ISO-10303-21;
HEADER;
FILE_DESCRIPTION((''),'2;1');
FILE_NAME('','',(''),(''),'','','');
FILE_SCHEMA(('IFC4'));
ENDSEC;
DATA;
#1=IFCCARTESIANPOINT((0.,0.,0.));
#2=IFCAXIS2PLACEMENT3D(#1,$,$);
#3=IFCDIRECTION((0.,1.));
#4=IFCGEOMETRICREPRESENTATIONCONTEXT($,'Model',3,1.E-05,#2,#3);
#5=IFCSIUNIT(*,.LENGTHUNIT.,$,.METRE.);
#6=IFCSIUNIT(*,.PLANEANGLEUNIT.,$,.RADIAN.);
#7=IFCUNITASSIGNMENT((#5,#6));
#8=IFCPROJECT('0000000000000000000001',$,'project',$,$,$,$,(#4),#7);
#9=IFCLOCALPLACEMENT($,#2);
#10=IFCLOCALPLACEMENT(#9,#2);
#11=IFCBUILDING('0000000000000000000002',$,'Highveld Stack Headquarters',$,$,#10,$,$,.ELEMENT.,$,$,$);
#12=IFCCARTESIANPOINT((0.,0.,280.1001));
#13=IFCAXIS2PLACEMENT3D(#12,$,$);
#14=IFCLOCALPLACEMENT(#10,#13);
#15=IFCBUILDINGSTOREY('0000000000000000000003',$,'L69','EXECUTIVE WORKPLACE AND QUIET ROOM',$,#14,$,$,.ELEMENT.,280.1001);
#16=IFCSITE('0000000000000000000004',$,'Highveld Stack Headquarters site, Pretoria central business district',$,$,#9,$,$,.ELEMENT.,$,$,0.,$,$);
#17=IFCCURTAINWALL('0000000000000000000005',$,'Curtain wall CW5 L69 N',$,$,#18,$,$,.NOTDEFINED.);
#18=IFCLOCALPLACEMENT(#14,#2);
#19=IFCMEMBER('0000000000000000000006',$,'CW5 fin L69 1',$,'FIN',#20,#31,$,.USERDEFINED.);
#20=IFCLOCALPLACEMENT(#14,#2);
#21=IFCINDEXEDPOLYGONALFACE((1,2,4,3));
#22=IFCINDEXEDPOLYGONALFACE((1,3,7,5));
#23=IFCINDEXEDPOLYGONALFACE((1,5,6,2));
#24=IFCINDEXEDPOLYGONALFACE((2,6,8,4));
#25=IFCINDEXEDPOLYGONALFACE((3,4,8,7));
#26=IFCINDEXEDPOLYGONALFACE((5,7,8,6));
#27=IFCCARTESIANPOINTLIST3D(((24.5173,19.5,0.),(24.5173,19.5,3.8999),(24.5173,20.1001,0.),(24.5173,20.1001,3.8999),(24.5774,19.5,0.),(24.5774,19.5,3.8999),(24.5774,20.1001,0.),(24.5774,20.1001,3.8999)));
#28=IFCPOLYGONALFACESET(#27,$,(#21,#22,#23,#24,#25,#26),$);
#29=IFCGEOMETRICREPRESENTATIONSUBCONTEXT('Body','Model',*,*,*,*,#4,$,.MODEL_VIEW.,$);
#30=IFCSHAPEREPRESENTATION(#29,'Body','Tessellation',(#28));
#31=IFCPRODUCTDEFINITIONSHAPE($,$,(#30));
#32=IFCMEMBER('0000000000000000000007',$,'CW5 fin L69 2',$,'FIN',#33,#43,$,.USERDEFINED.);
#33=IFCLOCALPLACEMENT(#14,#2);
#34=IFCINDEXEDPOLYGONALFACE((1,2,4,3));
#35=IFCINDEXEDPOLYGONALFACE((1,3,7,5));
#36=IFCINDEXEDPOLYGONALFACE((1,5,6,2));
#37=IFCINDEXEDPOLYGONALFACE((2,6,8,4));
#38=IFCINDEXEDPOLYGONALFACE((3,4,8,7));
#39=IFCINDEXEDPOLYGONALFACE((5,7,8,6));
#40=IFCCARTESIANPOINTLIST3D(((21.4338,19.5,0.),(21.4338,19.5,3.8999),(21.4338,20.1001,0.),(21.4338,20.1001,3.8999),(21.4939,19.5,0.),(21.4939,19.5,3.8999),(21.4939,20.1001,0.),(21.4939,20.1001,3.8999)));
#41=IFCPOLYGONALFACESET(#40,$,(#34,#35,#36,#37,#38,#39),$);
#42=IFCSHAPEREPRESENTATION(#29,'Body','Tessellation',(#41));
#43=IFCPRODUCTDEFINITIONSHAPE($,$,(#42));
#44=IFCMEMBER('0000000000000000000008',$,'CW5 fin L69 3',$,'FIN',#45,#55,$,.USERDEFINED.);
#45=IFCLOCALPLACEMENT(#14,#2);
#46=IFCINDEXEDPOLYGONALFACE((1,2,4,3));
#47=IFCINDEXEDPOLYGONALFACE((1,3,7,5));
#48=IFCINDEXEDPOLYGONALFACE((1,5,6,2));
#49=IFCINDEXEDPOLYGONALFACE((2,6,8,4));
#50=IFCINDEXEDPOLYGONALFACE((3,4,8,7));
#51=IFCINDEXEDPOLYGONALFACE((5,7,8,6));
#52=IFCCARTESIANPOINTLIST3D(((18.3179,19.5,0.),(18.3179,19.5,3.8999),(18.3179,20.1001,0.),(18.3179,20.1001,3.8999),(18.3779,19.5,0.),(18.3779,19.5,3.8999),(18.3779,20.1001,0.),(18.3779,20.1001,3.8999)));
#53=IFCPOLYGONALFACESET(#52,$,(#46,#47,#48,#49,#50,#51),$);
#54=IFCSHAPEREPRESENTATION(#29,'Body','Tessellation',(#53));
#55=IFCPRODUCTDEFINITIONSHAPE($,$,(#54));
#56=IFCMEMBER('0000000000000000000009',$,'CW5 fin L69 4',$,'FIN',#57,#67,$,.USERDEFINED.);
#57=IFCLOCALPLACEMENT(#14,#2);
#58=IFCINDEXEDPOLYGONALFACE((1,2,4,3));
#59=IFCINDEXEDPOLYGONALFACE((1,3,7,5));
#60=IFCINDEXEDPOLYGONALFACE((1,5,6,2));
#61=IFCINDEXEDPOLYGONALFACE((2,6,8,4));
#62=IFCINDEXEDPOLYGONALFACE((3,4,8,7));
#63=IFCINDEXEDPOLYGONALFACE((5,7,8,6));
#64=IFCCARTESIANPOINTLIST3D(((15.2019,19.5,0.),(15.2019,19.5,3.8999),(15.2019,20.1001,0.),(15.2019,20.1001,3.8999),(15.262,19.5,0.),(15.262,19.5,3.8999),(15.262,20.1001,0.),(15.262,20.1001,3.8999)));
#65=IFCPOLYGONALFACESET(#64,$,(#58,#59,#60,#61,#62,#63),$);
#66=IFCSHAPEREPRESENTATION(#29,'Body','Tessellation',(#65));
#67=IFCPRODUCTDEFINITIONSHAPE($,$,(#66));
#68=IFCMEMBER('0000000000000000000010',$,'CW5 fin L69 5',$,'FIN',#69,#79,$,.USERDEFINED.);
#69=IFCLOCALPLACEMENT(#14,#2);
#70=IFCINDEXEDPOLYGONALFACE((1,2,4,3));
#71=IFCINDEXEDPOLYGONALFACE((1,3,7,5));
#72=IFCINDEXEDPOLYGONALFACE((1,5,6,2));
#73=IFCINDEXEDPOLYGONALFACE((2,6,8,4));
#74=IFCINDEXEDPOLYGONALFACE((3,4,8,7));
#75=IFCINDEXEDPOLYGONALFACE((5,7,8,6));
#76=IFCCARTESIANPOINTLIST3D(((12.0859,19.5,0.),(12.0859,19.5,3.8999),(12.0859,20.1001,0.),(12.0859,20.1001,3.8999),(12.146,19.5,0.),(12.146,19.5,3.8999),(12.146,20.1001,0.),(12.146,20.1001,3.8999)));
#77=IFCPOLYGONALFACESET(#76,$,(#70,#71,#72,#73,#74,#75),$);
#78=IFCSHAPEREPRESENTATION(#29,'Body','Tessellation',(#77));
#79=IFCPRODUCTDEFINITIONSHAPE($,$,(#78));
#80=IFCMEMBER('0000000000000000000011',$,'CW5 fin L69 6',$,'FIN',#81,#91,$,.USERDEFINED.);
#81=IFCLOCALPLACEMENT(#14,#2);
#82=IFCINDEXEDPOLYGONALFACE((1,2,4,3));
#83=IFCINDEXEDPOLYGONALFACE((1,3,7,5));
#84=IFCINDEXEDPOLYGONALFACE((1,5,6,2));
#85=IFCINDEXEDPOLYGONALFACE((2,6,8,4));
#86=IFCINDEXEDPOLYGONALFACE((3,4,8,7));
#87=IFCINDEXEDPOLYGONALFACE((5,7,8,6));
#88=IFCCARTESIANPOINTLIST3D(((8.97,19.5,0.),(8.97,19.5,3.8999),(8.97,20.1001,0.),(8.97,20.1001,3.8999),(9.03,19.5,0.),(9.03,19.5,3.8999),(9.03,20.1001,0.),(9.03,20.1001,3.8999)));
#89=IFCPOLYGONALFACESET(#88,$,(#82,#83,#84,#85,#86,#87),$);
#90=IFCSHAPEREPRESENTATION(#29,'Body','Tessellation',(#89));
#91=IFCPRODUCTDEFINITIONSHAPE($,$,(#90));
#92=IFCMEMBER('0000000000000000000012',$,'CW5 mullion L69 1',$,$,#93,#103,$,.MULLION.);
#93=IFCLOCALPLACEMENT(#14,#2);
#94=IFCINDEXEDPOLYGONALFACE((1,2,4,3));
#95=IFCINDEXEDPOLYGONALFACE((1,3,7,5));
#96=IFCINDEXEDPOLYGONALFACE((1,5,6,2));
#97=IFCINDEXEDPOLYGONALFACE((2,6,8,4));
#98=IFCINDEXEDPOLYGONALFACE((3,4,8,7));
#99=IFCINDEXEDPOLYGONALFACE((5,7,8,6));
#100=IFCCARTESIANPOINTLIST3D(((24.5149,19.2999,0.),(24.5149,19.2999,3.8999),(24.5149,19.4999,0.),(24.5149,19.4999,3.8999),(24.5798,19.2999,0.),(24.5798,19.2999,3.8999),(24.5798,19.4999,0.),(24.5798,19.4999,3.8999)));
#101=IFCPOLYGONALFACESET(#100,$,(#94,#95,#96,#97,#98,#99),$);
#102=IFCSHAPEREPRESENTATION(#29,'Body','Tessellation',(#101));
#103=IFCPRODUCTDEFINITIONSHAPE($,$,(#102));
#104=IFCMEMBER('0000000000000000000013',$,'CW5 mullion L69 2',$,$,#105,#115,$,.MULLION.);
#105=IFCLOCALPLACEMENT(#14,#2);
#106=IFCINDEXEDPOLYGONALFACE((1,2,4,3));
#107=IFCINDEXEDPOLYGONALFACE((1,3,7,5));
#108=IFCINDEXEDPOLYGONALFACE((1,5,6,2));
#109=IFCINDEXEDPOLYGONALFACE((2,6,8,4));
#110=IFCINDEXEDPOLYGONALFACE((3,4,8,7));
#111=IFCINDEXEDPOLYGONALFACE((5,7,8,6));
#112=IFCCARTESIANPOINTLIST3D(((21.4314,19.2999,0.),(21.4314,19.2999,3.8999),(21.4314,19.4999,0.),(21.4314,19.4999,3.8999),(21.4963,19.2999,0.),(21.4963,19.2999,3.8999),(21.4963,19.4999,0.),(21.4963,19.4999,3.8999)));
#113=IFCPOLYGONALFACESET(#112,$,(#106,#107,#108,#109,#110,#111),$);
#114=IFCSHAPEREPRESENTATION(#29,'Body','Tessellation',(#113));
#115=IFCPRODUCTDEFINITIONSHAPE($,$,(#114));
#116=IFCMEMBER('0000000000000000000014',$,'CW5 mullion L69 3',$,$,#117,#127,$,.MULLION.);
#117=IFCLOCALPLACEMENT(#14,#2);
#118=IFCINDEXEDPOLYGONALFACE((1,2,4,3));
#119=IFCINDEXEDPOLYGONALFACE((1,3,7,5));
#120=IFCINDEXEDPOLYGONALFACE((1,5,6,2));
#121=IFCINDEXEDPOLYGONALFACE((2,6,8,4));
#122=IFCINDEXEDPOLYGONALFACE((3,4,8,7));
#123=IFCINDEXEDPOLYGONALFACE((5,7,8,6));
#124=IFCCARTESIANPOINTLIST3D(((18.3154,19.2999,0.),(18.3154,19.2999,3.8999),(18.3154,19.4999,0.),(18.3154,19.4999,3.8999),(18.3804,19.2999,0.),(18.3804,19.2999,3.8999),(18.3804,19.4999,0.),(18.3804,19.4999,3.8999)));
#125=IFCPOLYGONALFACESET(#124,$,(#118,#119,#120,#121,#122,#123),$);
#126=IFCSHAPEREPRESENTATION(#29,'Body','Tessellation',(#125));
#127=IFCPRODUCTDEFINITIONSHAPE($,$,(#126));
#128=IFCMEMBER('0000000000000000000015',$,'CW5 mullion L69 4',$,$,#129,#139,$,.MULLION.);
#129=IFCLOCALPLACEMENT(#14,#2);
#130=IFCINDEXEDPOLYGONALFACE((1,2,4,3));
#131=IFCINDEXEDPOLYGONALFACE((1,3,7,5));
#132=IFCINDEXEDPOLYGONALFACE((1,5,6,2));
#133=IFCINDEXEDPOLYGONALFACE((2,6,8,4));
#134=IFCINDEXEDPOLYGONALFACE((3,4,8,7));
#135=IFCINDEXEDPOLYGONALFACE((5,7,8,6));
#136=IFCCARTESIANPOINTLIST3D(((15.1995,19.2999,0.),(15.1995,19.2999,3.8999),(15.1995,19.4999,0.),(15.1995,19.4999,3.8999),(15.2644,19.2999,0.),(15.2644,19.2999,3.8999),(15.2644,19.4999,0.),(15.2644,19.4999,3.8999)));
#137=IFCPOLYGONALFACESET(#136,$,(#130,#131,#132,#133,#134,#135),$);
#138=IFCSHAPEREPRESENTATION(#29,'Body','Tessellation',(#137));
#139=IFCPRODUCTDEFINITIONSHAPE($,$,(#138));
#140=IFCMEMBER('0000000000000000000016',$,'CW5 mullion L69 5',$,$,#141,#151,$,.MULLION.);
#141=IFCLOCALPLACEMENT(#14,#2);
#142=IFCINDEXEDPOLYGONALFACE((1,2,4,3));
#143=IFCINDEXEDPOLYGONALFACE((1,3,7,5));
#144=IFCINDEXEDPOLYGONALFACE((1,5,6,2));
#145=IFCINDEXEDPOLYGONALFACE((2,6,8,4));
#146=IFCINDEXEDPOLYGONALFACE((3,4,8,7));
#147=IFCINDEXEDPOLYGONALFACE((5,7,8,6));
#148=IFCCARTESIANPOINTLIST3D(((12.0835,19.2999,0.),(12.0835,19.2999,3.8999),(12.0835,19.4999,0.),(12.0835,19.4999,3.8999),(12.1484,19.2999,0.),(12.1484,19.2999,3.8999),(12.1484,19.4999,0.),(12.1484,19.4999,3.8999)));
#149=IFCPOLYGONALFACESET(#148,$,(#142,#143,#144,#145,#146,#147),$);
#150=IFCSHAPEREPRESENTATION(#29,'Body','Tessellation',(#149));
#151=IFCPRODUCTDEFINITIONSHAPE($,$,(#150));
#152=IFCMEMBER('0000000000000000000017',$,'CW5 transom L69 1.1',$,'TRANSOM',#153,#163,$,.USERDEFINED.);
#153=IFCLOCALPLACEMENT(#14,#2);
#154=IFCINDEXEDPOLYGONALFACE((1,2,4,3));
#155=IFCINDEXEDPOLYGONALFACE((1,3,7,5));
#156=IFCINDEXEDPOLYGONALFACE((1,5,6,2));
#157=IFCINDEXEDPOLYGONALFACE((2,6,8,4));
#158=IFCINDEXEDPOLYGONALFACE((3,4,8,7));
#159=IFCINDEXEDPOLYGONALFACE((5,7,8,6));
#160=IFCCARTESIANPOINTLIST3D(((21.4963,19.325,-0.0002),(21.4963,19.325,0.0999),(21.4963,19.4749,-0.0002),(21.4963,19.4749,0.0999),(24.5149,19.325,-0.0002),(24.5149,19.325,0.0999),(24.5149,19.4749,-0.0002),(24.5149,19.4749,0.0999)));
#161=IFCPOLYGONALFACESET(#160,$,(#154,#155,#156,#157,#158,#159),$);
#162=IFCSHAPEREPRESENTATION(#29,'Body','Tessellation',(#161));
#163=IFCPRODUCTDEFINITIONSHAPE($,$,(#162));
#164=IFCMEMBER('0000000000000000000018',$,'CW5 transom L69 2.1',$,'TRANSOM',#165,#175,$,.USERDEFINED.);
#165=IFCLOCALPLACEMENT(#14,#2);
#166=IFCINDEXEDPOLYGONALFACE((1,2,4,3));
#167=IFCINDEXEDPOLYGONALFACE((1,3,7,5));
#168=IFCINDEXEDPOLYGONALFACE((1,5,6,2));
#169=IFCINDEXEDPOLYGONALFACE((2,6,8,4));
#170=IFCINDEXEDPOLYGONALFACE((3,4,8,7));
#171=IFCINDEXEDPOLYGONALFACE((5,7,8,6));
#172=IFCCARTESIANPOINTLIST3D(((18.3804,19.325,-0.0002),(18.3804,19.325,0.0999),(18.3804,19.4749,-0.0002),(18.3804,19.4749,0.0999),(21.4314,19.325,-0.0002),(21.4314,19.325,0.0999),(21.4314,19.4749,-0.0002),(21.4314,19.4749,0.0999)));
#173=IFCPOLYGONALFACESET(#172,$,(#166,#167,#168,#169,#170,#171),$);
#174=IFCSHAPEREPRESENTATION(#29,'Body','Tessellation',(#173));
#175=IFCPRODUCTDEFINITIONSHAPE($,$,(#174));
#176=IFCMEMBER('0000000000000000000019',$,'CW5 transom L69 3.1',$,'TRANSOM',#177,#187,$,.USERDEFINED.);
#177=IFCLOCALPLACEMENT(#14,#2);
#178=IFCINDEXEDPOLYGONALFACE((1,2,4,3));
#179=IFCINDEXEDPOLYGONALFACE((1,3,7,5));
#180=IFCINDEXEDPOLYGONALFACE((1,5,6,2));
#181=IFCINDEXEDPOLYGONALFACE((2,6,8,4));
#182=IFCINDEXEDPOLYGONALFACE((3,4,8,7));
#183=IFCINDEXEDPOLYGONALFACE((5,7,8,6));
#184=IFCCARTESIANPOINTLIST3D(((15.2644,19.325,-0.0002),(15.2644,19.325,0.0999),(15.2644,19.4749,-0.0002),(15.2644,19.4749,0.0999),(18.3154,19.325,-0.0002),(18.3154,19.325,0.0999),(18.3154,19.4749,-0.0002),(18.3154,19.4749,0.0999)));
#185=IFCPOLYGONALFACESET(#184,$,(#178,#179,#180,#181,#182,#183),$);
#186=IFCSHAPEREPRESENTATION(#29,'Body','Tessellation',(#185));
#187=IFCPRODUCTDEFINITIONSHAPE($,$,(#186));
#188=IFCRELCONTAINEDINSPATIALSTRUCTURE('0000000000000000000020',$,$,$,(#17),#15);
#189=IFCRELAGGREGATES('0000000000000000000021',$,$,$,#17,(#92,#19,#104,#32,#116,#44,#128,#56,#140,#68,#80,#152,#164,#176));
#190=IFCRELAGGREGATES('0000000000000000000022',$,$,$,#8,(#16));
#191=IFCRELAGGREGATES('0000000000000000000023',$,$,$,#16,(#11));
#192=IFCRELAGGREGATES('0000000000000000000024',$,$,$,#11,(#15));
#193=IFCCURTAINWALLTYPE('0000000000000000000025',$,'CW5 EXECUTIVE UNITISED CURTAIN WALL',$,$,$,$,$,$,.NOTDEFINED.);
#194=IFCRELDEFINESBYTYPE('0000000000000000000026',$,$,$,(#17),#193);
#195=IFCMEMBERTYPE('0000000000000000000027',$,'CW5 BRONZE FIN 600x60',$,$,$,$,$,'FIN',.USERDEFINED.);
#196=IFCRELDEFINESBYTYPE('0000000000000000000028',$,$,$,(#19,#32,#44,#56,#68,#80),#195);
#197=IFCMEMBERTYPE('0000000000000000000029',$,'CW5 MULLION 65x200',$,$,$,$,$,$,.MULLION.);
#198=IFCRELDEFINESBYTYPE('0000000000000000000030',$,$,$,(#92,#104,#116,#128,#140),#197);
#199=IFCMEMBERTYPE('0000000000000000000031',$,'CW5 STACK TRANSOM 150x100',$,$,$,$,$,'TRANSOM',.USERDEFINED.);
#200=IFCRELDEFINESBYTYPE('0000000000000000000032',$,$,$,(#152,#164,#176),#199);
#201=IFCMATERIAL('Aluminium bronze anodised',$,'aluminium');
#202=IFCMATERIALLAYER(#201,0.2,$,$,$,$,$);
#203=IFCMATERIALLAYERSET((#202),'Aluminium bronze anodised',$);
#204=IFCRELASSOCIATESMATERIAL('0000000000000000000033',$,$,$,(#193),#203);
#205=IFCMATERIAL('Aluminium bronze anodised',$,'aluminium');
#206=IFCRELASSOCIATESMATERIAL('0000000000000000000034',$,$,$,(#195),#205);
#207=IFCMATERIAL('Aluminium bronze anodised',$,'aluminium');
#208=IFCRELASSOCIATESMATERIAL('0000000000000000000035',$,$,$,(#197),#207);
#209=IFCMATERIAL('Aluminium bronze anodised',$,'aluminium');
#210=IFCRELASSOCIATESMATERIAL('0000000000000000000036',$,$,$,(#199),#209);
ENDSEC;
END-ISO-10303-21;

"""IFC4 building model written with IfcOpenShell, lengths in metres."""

from ifc_helpers import new_model, si_unit, direction, frame, origin, origin_2d, place, context, subcontext, project, spatial, rectangle, extrude, material, layer, layer_set, material_profile, profile_set, type_object, element, aggregate, save


model = new_model("IFC4")

# Units and contexts
model_context = context("Model", 3, precision=1e-05, world=origin(), true_north=direction((0.0, 1.0)))
body_context = subcontext(model_context, "Body", "Model", "MODEL_VIEW")
ifc_project = project(units=[si_unit("LENGTHUNIT", "METRE"), si_unit("PLANEANGLEUNIT", "RADIAN")], contexts=[model_context])

# Site, building, storey
site_placement = place(None, origin())
site = spatial("IfcSite", under=ifc_project, at=site_placement, Name="Highveld Stack Headquarters site, Pretoria central business district", CompositionType="ELEMENT", RefElevation=0.0)
building_placement = place(site_placement, origin())
building = spatial("IfcBuilding", under=site, at=building_placement, Name="Highveld Stack Headquarters", CompositionType="ELEMENT")
storey_placement = place(building_placement, frame((0.0, 0.0, 280.1001)))
storey = spatial("IfcBuildingStorey", under=building, at=storey_placement, Name="L69", Description="EXECUTIVE WORKPLACE AND QUIET ROOM", CompositionType="ELEMENT", Elevation=280.1001)

# Curtain wall, members
ifc_material_1 = material(Name="Aluminium bronze anodised", Category="aluminium")
ifc_layer_1 = layer(ifc_material_1, 0.2)
ifc_layer_set_1 = layer_set([ifc_layer_1], Name="Aluminium bronze anodised")
curtain_wall_type = type_object("IfcCurtainWallType", Name="CW5 EXECUTIVE UNITISED CURTAIN WALL", PredefinedType="NOTDEFINED", material=ifc_layer_set_1)
curtain_wall_placement = place(storey_placement, origin())
curtain_wall = element("IfcCurtainWall", 1, at=curtain_wall_placement, inside=storey, type_object=curtain_wall_type, Name="Curtain wall CW5 L69 N", PredefinedType="NOTDEFINED")
ifc_material_2 = material(Name="Aluminium bronze anodised", Category="aluminium")
ifc_material_profile_1 = material_profile(ifc_material_2, rectangle(XDim=0.6001, YDim=0.0601, at=origin_2d()), Name="FIN 600x60")
ifc_profile_set_1 = profile_set([ifc_material_profile_1], Name="Aluminium bronze anodised")
member_type_1 = type_object("IfcMemberType", Name="CW5 BRONZE FIN 600x60", ElementType="FIN", PredefinedType="USERDEFINED", material=ifc_profile_set_1)
member_1_placement = place(storey_placement, frame((24.5474, 19.8, 0.0), z_axis=(0.0, 0.0, 1.0), x_axis=(0.0, -1.0, 0.0)))
member_1 = element("IfcMember", 2, at=member_1_placement, type_object=member_type_1, Name="CW5 fin L69 1", ObjectType="FIN", PredefinedType="USERDEFINED", context=body_context, shape_type="SweptSolid", body=[
    extrude(rectangle(XDim=0.6001, YDim=0.0601, at=origin_2d()), origin(), (0.0, 0.0, 1.0), 3.8999),
])
member_2_placement = place(storey_placement, frame((21.4639, 19.8, 0.0), z_axis=(0.0, 0.0, 1.0), x_axis=(0.0, -1.0, 0.0)))
member_2 = element("IfcMember", 3, at=member_2_placement, type_object=member_type_1, Name="CW5 fin L69 2", ObjectType="FIN", PredefinedType="USERDEFINED", context=body_context, shape_type="SweptSolid", body=[
    extrude(rectangle(XDim=0.6001, YDim=0.0601, at=origin_2d()), origin(), (0.0, 0.0, 1.0), 3.8999),
])
member_3_placement = place(storey_placement, frame((18.3479, 19.8, 0.0), z_axis=(0.0, 0.0, 1.0), x_axis=(0.0, -1.0, 0.0)))
member_3 = element("IfcMember", 4, at=member_3_placement, type_object=member_type_1, Name="CW5 fin L69 3", ObjectType="FIN", PredefinedType="USERDEFINED", context=body_context, shape_type="SweptSolid", body=[
    extrude(rectangle(XDim=0.6001, YDim=0.0601, at=origin_2d()), origin(), (0.0, 0.0, 1.0), 3.8999),
])
member_4_placement = place(storey_placement, frame((15.2319, 19.8, 0.0), z_axis=(0.0, 0.0, 1.0), x_axis=(0.0, -1.0, 0.0)))
member_4 = element("IfcMember", 5, at=member_4_placement, type_object=member_type_1, Name="CW5 fin L69 4", ObjectType="FIN", PredefinedType="USERDEFINED", context=body_context, shape_type="SweptSolid", body=[
    extrude(rectangle(XDim=0.6001, YDim=0.0601, at=origin_2d()), origin(), (0.0, 0.0, 1.0), 3.8999),
])
member_5_placement = place(storey_placement, frame((12.116, 19.8, 0.0), z_axis=(0.0, 0.0, 1.0), x_axis=(0.0, -1.0, 0.0)))
member_5 = element("IfcMember", 6, at=member_5_placement, type_object=member_type_1, Name="CW5 fin L69 5", ObjectType="FIN", PredefinedType="USERDEFINED", context=body_context, shape_type="SweptSolid", body=[
    extrude(rectangle(XDim=0.6001, YDim=0.0601, at=origin_2d()), origin(), (0.0, 0.0, 1.0), 3.8999),
])
member_6_placement = place(storey_placement, frame((9.0, 19.8, 0.0), z_axis=(0.0, 0.0, 1.0), x_axis=(0.0, -1.0, 0.0)))
member_6 = element("IfcMember", 7, at=member_6_placement, type_object=member_type_1, Name="CW5 fin L69 6", ObjectType="FIN", PredefinedType="USERDEFINED", context=body_context, shape_type="SweptSolid", body=[
    extrude(rectangle(XDim=0.6001, YDim=0.0601, at=origin_2d()), origin(), (0.0, 0.0, 1.0), 3.8999),
])
ifc_material_3 = material(Name="Aluminium bronze anodised", Category="aluminium")
ifc_material_profile_2 = material_profile(ifc_material_3, rectangle(XDim=0.2, YDim=0.0649, at=origin_2d()), Name="CW5 MULLION 65x200")
ifc_profile_set_2 = profile_set([ifc_material_profile_2], Name="Aluminium bronze anodised")
member_type_2 = type_object("IfcMemberType", Name="CW5 MULLION 65x200", PredefinedType="MULLION", material=ifc_profile_set_2)
member_7_placement = place(storey_placement, frame((24.5474, 19.3999, 0.0), z_axis=(0.0, 0.0, 1.0), x_axis=(0.0, -1.0, 0.0)))
member_7 = element("IfcMember", 8, at=member_7_placement, type_object=member_type_2, Name="CW5 mullion L69 1", PredefinedType="MULLION", context=body_context, shape_type="SweptSolid", body=[
    extrude(rectangle(XDim=0.2, YDim=0.0649, at=origin_2d()), origin(), (0.0, 0.0, 1.0), 3.8999),
])
member_8_placement = place(storey_placement, frame((21.4639, 19.3999, 0.0), z_axis=(0.0, 0.0, 1.0), x_axis=(0.0, -1.0, 0.0)))
member_8 = element("IfcMember", 9, at=member_8_placement, type_object=member_type_2, Name="CW5 mullion L69 2", PredefinedType="MULLION", context=body_context, shape_type="SweptSolid", body=[
    extrude(rectangle(XDim=0.2, YDim=0.0649, at=origin_2d()), origin(), (0.0, 0.0, 1.0), 3.8999),
])
member_9_placement = place(storey_placement, frame((18.3479, 19.3999, 0.0), z_axis=(0.0, 0.0, 1.0), x_axis=(0.0, -1.0, 0.0)))
member_9 = element("IfcMember", 10, at=member_9_placement, type_object=member_type_2, Name="CW5 mullion L69 3", PredefinedType="MULLION", context=body_context, shape_type="SweptSolid", body=[
    extrude(rectangle(XDim=0.2, YDim=0.0649, at=origin_2d()), origin(), (0.0, 0.0, 1.0), 3.8999),
])
member_10_placement = place(storey_placement, frame((15.2319, 19.3999, 0.0), z_axis=(0.0, 0.0, 1.0), x_axis=(0.0, -1.0, 0.0)))
member_10 = element("IfcMember", 11, at=member_10_placement, type_object=member_type_2, Name="CW5 mullion L69 4", PredefinedType="MULLION", context=body_context, shape_type="SweptSolid", body=[
    extrude(rectangle(XDim=0.2, YDim=0.0649, at=origin_2d()), origin(), (0.0, 0.0, 1.0), 3.8999),
])
member_11_placement = place(storey_placement, frame((12.116, 19.3999, 0.0), z_axis=(0.0, 0.0, 1.0), x_axis=(0.0, -1.0, 0.0)))
member_11 = element("IfcMember", 12, at=member_11_placement, type_object=member_type_2, Name="CW5 mullion L69 5", PredefinedType="MULLION", context=body_context, shape_type="SweptSolid", body=[
    extrude(rectangle(XDim=0.2, YDim=0.0649, at=origin_2d()), origin(), (0.0, 0.0, 1.0), 3.8999),
])
ifc_material_4 = material(Name="Aluminium bronze anodised", Category="aluminium")
ifc_material_profile_3 = material_profile(ifc_material_4, rectangle(XDim=0.1499, YDim=0.1001, at=origin_2d()), Name="CW5 TRANSOM 150x100")
ifc_profile_set_3 = profile_set([ifc_material_profile_3], Name="Aluminium bronze anodised")
member_type_3 = type_object("IfcMemberType", Name="CW5 STACK TRANSOM 150x100", ElementType="TRANSOM", PredefinedType="USERDEFINED", material=ifc_profile_set_3)
member_12_placement = place(storey_placement, frame((24.5149, 19.3999, 0.0498), z_axis=(-1.0, 0.0, 0.0), x_axis=(0.0, -1.0, 0.0)))
member_12 = element("IfcMember", 13, at=member_12_placement, type_object=member_type_3, Name="CW5 transom L69 1.1", ObjectType="TRANSOM", PredefinedType="USERDEFINED", context=body_context, shape_type="SweptSolid", body=[
    extrude(rectangle(XDim=0.1499, YDim=0.1001, at=origin_2d()), origin(), (0.0, 0.0, 1.0), 3.0186),
])
member_13_placement = place(storey_placement, frame((21.4314, 19.3999, 0.0498), z_axis=(-1.0, 0.0, 0.0), x_axis=(0.0, -1.0, 0.0)))
member_13 = element("IfcMember", 14, at=member_13_placement, type_object=member_type_3, Name="CW5 transom L69 2.1", ObjectType="TRANSOM", PredefinedType="USERDEFINED", context=body_context, shape_type="SweptSolid", body=[
    extrude(rectangle(XDim=0.1499, YDim=0.1001, at=origin_2d()), origin(), (0.0, 0.0, 1.0), 3.051),
])
member_14_placement = place(storey_placement, frame((18.3154, 19.3999, 0.0498), z_axis=(-1.0, 0.0, 0.0), x_axis=(0.0, -1.0, 0.0)))
member_14 = element("IfcMember", 15, at=member_14_placement, type_object=member_type_3, Name="CW5 transom L69 3.1", ObjectType="TRANSOM", PredefinedType="USERDEFINED", context=body_context, shape_type="SweptSolid", body=[
    extrude(rectangle(XDim=0.1499, YDim=0.1001, at=origin_2d()), origin(), (0.0, 0.0, 1.0), 3.051),
])
aggregate(curtain_wall, [member_7, member_1, member_8, member_2, member_9, member_3, member_10, member_4, member_11, member_5, member_6, member_12, member_13, member_14])

save(model, "model.ifc")
